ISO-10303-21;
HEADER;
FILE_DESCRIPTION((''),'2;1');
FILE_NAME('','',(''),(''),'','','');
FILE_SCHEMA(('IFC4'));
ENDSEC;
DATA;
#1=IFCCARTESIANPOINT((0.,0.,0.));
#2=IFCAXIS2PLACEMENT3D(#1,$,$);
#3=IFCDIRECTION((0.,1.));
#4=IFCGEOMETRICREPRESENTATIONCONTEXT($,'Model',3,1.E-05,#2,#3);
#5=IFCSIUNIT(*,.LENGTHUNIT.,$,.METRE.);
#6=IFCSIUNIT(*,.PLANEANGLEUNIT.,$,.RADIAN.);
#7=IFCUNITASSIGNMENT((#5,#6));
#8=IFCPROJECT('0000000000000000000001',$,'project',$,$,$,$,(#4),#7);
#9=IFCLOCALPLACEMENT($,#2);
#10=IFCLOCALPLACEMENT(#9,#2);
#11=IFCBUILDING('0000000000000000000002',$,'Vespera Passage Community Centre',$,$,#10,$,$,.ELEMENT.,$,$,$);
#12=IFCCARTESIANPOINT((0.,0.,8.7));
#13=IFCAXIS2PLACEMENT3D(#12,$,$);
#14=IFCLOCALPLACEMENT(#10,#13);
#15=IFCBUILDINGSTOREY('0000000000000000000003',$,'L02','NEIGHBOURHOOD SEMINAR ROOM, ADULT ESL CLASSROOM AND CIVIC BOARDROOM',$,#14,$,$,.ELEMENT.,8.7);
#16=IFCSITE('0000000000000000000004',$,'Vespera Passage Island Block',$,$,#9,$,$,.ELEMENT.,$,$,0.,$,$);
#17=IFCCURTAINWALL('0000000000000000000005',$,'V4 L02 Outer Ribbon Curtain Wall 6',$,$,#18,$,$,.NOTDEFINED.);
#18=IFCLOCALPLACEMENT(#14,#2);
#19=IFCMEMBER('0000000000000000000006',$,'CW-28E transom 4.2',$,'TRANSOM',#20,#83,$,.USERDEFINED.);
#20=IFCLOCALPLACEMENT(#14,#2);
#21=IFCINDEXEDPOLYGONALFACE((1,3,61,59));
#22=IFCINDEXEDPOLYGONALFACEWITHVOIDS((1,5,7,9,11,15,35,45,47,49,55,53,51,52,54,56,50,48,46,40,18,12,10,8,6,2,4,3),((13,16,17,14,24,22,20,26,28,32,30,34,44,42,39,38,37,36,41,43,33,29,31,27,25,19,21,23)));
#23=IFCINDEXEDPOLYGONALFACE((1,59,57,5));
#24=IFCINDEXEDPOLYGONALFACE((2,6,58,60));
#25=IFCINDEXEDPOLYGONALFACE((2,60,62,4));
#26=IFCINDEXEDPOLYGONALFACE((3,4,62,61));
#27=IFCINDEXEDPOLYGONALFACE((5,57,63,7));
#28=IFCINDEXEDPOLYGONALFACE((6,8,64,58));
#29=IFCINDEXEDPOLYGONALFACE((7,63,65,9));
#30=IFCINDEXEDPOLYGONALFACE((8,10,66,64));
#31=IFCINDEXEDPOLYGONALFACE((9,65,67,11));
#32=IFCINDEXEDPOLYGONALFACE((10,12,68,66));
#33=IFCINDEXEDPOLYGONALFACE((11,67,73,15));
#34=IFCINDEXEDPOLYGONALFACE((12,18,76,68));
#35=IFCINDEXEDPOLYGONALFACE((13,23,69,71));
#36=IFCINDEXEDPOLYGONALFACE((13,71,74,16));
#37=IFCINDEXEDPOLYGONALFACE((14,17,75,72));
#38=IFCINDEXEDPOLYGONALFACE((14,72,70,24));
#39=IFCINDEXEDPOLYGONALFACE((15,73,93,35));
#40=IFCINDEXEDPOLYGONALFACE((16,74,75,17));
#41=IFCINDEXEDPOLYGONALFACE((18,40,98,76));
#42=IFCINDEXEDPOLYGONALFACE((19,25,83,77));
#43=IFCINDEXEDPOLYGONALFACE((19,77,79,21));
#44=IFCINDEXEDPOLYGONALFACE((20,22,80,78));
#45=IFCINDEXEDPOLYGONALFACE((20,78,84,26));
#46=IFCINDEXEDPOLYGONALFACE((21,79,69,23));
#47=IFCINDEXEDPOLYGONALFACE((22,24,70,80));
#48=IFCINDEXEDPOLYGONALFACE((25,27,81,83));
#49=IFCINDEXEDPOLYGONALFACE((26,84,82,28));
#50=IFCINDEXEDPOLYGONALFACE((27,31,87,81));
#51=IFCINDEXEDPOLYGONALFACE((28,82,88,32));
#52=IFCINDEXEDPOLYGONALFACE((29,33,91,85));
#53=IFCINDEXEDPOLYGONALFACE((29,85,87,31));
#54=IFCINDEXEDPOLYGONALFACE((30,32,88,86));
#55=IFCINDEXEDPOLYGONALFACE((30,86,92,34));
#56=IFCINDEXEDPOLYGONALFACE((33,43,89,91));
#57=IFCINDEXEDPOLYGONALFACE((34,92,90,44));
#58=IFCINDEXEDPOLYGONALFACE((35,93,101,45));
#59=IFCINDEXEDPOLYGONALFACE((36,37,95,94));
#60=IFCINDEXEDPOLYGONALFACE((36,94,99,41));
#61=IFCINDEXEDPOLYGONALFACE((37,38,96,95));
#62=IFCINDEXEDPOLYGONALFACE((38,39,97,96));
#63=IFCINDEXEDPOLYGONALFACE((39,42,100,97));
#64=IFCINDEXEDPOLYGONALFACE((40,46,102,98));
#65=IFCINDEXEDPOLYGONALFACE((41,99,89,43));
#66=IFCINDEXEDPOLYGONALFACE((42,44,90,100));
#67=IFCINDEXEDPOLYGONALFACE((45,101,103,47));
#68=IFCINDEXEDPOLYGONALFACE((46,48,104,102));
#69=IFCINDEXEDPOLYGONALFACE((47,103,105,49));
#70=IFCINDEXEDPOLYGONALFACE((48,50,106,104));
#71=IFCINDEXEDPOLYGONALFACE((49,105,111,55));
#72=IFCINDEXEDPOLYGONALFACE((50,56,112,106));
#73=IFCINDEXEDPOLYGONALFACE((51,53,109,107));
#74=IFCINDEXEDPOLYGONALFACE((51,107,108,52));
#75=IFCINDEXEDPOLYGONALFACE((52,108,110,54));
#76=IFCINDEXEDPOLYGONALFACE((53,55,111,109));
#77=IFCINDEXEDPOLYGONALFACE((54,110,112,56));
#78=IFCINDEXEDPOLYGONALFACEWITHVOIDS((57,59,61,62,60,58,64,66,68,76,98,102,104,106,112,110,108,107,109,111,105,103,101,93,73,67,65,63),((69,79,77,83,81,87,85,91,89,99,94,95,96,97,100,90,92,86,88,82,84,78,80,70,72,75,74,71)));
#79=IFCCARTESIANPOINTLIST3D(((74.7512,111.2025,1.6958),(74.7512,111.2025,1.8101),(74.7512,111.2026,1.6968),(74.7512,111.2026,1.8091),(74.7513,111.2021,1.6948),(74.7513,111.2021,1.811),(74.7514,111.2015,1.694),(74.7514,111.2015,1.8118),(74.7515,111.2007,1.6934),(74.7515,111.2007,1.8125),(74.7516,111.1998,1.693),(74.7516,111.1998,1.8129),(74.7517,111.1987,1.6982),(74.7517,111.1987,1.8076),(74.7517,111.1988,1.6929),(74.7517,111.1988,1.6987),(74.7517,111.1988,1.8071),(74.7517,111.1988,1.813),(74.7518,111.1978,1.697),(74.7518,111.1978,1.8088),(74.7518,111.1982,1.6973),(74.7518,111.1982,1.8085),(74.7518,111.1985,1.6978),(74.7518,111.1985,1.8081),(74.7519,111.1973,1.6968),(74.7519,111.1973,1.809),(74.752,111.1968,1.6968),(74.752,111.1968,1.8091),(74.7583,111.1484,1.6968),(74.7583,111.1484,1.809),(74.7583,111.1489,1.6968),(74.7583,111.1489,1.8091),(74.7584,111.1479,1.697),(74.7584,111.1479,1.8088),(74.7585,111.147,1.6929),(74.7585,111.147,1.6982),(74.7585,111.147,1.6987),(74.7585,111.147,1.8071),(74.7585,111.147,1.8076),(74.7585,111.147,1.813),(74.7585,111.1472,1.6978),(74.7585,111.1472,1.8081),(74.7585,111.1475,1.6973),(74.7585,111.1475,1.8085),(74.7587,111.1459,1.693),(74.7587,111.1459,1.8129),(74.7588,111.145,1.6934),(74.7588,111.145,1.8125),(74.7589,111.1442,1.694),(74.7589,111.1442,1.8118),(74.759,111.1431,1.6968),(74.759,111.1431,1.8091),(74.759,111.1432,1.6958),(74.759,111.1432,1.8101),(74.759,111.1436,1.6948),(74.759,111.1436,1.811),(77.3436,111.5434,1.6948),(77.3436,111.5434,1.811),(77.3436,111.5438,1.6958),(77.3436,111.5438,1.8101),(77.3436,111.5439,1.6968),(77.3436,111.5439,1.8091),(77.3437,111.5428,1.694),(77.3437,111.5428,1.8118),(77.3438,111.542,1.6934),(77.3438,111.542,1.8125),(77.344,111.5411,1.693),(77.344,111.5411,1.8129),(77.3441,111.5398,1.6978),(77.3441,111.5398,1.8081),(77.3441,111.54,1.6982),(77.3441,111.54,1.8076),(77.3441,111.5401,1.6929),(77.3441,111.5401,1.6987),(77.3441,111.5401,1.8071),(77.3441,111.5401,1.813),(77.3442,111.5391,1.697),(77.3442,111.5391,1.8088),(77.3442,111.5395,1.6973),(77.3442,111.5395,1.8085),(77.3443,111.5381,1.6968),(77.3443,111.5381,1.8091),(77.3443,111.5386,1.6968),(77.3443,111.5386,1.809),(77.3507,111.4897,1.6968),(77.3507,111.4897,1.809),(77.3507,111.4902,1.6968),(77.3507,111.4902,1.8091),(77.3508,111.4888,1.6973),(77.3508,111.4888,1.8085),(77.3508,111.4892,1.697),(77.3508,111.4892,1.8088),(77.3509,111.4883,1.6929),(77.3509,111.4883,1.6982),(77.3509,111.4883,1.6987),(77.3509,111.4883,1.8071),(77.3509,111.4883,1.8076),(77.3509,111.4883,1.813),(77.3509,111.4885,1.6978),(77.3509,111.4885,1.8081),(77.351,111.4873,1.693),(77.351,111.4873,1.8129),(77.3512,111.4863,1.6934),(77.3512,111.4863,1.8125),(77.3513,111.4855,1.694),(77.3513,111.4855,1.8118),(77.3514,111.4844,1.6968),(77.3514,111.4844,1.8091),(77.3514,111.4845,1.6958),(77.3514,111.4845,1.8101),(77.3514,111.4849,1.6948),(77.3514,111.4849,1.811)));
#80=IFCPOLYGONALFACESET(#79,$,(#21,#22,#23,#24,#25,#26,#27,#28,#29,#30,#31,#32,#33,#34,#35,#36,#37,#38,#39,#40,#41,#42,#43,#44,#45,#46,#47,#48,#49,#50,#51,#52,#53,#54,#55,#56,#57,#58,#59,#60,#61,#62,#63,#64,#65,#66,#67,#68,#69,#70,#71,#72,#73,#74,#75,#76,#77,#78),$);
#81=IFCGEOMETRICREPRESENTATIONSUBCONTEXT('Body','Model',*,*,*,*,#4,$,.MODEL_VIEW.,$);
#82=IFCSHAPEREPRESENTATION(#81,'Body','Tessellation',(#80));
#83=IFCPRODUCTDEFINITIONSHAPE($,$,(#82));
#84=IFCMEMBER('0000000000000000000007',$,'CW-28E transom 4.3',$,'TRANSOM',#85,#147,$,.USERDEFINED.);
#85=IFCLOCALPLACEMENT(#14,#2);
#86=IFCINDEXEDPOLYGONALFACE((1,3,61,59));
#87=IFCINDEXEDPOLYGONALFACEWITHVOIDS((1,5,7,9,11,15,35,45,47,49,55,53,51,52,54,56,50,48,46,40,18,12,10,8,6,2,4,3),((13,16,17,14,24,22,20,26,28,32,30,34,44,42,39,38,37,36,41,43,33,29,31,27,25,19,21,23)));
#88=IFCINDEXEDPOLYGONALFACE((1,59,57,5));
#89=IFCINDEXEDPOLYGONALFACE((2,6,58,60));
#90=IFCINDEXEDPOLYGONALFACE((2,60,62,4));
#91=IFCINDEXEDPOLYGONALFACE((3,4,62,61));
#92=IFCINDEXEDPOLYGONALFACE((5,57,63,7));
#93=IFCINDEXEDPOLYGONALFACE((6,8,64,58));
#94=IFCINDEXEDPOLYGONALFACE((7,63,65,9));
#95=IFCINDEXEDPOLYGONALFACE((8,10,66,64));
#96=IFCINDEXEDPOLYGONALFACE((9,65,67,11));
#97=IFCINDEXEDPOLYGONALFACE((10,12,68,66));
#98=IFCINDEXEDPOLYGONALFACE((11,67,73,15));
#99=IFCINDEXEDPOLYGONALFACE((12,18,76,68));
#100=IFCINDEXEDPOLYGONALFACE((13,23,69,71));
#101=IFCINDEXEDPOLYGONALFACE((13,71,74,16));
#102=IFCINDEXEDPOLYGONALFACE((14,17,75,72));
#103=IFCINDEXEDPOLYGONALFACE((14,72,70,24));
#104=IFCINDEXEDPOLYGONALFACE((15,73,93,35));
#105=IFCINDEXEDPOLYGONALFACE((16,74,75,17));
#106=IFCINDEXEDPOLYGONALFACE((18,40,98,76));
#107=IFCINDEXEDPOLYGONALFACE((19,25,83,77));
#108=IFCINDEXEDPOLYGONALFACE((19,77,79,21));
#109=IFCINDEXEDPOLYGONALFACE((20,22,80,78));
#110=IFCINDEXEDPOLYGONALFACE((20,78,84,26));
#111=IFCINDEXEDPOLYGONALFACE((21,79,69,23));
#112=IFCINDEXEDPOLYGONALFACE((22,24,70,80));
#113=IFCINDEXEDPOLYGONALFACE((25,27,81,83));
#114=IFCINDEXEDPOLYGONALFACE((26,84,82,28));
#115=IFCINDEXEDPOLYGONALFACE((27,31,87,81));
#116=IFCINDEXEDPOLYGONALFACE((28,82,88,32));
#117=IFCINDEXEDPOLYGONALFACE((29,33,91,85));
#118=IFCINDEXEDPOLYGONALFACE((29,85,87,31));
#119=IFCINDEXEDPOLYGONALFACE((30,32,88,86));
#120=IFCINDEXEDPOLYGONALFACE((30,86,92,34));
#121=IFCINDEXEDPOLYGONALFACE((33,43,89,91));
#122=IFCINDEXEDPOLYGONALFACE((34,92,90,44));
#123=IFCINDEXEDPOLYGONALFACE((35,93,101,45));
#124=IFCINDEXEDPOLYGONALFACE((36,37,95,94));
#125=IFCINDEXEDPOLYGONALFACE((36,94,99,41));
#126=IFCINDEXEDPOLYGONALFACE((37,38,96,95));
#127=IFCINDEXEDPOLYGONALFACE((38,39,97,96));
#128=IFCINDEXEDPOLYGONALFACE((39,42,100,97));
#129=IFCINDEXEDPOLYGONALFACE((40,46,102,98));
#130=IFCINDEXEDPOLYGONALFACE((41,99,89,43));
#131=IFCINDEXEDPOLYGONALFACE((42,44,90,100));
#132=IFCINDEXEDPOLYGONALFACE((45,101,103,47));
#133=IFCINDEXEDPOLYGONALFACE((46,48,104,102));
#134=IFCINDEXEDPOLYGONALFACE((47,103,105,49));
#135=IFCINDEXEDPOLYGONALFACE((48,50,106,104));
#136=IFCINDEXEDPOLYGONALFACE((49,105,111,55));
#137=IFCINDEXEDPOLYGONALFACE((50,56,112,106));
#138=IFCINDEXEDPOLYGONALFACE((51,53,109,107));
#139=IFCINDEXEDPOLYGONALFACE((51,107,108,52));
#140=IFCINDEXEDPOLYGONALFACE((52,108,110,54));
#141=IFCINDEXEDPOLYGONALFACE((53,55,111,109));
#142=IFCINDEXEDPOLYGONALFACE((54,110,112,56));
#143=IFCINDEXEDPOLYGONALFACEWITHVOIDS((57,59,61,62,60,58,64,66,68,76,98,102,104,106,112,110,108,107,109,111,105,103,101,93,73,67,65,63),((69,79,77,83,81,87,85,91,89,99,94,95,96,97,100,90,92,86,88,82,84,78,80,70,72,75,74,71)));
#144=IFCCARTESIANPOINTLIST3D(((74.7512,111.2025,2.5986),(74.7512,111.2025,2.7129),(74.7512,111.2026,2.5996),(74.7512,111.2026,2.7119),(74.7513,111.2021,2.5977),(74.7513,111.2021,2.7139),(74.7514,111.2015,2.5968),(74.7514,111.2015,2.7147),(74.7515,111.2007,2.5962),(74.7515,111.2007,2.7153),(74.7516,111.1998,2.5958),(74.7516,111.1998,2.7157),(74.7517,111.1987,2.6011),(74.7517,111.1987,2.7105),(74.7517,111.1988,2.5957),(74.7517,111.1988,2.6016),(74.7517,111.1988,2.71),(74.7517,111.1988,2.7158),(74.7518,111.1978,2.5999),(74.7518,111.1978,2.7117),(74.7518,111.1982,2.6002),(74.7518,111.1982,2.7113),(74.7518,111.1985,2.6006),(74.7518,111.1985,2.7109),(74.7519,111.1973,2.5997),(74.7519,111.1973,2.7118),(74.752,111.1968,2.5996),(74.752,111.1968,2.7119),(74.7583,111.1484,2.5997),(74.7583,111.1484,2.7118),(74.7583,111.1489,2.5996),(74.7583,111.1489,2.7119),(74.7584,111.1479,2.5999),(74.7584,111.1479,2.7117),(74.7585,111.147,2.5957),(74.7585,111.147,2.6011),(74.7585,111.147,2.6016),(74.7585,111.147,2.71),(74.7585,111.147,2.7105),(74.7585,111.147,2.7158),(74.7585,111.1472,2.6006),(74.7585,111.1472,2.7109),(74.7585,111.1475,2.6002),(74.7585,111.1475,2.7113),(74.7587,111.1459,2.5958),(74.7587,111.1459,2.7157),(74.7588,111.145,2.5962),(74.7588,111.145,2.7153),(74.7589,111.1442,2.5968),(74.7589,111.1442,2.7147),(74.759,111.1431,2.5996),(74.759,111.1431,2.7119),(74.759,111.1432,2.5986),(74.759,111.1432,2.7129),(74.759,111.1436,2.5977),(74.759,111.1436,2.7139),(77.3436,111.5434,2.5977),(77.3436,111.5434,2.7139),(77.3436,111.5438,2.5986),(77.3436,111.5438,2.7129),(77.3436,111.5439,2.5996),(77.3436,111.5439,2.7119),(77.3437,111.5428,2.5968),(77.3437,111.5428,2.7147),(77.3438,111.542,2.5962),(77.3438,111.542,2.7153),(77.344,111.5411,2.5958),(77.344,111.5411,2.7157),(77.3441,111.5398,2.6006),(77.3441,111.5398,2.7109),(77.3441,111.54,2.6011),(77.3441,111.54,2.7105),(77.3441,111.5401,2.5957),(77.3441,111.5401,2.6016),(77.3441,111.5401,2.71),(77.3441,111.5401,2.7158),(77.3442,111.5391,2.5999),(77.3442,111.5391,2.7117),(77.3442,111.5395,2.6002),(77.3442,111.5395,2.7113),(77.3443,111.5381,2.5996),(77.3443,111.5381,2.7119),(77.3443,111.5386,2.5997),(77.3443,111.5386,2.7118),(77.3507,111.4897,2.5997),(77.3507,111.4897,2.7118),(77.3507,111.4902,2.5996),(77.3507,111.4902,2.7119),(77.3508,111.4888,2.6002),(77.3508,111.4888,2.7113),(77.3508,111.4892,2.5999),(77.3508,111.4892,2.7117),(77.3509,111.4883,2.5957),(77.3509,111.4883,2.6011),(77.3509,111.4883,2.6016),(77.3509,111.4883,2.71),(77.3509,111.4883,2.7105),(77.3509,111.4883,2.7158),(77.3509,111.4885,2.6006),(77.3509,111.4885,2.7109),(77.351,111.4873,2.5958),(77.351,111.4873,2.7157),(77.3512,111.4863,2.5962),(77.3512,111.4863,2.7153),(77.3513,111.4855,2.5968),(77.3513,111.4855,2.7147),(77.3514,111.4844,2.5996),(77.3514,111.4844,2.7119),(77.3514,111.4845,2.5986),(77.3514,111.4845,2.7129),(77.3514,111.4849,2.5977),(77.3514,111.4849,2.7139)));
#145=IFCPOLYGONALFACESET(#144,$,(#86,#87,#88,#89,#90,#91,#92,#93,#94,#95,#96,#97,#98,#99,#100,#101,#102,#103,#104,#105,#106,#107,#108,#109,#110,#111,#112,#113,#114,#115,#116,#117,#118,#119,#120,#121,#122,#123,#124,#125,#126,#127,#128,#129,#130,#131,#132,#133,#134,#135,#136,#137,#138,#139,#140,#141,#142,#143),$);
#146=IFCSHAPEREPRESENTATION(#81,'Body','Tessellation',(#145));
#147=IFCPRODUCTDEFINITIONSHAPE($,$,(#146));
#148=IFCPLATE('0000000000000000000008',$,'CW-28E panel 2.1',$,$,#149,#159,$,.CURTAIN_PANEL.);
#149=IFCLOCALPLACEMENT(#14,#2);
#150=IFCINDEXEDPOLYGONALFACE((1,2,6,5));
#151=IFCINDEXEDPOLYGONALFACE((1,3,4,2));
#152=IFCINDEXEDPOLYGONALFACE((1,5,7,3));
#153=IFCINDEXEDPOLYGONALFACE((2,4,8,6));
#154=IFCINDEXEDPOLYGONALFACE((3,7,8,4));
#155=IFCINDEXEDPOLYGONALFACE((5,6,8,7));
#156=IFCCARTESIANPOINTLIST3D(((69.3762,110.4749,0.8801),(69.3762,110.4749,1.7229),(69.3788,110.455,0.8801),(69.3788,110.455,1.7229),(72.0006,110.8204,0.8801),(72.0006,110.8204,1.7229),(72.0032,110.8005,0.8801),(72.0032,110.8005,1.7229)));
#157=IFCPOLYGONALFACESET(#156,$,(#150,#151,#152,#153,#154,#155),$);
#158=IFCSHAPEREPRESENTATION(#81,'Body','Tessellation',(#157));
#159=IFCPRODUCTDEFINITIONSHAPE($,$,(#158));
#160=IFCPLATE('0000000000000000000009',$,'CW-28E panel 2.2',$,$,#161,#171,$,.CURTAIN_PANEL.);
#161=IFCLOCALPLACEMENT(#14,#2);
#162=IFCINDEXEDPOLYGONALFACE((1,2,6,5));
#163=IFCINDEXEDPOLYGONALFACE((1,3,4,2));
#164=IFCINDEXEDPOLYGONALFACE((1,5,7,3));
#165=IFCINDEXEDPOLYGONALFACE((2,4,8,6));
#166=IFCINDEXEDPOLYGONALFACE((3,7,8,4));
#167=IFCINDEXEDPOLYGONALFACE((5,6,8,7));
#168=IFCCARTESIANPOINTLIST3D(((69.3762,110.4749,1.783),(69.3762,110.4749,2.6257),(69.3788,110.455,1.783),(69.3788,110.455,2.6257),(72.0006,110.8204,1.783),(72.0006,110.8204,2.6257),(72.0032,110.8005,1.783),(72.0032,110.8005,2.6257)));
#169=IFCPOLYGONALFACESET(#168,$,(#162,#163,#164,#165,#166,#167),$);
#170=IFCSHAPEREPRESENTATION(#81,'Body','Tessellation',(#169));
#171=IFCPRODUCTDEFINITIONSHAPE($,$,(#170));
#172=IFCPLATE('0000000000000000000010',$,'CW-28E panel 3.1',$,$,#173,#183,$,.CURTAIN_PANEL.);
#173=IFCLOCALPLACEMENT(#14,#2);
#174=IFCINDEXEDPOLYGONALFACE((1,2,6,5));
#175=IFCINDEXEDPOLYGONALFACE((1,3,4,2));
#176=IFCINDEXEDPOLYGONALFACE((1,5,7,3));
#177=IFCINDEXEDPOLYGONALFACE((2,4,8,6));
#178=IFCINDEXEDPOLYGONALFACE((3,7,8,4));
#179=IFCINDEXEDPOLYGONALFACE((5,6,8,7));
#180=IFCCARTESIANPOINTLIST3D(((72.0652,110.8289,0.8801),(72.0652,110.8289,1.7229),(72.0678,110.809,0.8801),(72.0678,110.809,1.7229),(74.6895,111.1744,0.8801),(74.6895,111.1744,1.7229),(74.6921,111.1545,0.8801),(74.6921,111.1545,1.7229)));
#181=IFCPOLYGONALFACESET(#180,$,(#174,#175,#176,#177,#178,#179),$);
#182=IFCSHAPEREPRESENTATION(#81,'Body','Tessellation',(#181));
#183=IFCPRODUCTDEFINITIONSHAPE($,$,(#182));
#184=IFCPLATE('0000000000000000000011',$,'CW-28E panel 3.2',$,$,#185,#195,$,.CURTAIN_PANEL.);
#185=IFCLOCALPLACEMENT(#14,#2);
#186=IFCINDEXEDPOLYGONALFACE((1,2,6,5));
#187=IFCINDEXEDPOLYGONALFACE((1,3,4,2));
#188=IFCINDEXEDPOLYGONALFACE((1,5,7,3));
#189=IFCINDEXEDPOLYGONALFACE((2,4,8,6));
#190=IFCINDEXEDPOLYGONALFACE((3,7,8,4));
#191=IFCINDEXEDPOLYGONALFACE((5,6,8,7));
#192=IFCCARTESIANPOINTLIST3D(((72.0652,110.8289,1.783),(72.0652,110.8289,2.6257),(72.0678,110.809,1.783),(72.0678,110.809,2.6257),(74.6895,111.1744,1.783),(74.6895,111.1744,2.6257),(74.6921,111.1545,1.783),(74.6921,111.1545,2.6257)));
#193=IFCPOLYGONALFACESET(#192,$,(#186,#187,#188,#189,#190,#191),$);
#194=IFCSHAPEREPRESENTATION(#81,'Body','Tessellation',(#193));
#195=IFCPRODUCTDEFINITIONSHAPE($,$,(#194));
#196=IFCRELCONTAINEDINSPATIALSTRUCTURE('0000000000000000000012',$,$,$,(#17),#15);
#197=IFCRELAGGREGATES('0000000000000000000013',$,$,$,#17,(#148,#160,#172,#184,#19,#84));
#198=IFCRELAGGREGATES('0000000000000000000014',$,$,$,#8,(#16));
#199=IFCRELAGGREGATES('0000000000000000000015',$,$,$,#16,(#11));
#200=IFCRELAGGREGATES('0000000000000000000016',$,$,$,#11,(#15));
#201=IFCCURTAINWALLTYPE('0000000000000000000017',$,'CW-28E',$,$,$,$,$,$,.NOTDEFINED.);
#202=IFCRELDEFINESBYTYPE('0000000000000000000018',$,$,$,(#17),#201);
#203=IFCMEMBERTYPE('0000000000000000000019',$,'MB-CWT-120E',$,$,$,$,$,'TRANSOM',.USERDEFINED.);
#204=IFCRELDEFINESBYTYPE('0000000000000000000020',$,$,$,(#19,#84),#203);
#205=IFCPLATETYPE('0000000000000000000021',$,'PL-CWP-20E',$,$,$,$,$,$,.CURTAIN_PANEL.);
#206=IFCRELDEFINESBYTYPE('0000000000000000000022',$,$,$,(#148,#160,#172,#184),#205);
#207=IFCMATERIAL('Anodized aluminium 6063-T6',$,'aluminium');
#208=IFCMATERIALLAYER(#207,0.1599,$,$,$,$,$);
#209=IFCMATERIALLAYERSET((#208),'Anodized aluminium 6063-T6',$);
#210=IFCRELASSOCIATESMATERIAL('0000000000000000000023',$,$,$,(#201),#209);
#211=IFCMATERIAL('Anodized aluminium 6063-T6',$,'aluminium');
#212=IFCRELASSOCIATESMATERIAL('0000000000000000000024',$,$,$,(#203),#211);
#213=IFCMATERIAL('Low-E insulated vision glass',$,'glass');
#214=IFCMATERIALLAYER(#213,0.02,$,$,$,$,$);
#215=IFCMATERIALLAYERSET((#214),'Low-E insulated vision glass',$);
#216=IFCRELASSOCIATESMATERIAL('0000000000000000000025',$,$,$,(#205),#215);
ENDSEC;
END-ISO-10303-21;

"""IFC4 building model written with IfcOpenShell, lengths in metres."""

from ifc_helpers import new_model, si_unit, direction, frame, origin, origin_2d, place, context, subcontext, project, spatial, rectangle, hollow_rectangle, extrude, material, layer, layer_set, material_profile, profile_set, type_object, element, aggregate, save


model = new_model("IFC4")

# Units and contexts
model_context = context("Model", 3, precision=1e-05, world=origin(), true_north=direction((0.0, 1.0)))
body_context = subcontext(model_context, "Body", "Model", "MODEL_VIEW")
ifc_project = project(units=[si_unit("LENGTHUNIT", "METRE"), si_unit("PLANEANGLEUNIT", "RADIAN")], contexts=[model_context])

# Site, building, storey
site_placement = place(None, origin())
site = spatial("IfcSite", under=ifc_project, at=site_placement, Name="Vespera Passage Island Block", CompositionType="ELEMENT", RefElevation=0.0)
building_placement = place(site_placement, origin())
building = spatial("IfcBuilding", under=site, at=building_placement, Name="Vespera Passage Community Centre", CompositionType="ELEMENT")
storey_placement = place(building_placement, frame((0.0, 0.0, 8.7)))
storey = spatial("IfcBuildingStorey", under=building, at=storey_placement, Name="L02", Description="NEIGHBOURHOOD SEMINAR ROOM, ADULT ESL CLASSROOM AND CIVIC BOARDROOM", CompositionType="ELEMENT", Elevation=8.7)

# Curtain wall, members, plates
ifc_material_1 = material(Name="Anodized aluminium 6063-T6", Category="aluminium")
ifc_layer_1 = layer(ifc_material_1, 0.1599)
ifc_layer_set_1 = layer_set([ifc_layer_1], Name="Anodized aluminium 6063-T6")
curtain_wall_type = type_object("IfcCurtainWallType", Name="CW-28E", PredefinedType="NOTDEFINED", material=ifc_layer_set_1)
curtain_wall_placement = place(storey_placement, origin())
curtain_wall = element("IfcCurtainWall", 1, at=curtain_wall_placement, inside=storey, type_object=curtain_wall_type, Name="V4 L02 Outer Ribbon Curtain Wall 6", PredefinedType="NOTDEFINED")
ifc_material_2 = material(Name="Anodized aluminium 6063-T6", Category="aluminium")
ifc_material_profile_1 = material_profile(ifc_material_2, hollow_rectangle(XDim=0.0601, YDim=0.1201, WallThickness=0.0039, InnerFilletRadius=0.002, OuterFilletRadius=0.0039, at=origin_2d()), Name="ALU120X60X4")
ifc_profile_set_1 = profile_set([ifc_material_profile_1], Name="Anodized aluminium 6063-T6")
member_type_1 = type_object("IfcMemberType", Name="MB-CWT-120E", ElementType="TRANSOM", PredefinedType="USERDEFINED", material=ifc_profile_set_1)
member_1_placement = place(storey_placement, frame((74.7551, 111.1729, 1.7529), z_axis=(0.991443, 0.130537, 0.0), x_axis=(-0.130537, 0.991443, 0.0)))
member_1 = element("IfcMember", 2, at=member_1_placement, type_object=member_type_1, Name="CW-28E transom 4.2", ObjectType="TRANSOM", PredefinedType="USERDEFINED", context=body_context, shape_type="SweptSolid", body=[
    extrude(hollow_rectangle(XDim=0.0601, YDim=0.1201, WallThickness=0.0039, InnerFilletRadius=0.002, OuterFilletRadius=0.0039, at=origin_2d()), origin(), (0.0, 0.0, 1.0), 2.6147),
])
member_2_placement = place(storey_placement, frame((74.7551, 111.1729, 2.6558), z_axis=(0.991443, 0.130537, 0.0), x_axis=(-0.130537, 0.991443, 0.0)))
member_2 = element("IfcMember", 3, at=member_2_placement, type_object=member_type_1, Name="CW-28E transom 4.3", ObjectType="TRANSOM", PredefinedType="USERDEFINED", context=body_context, shape_type="SweptSolid", body=[
    extrude(hollow_rectangle(XDim=0.0601, YDim=0.1201, WallThickness=0.0039, InnerFilletRadius=0.002, OuterFilletRadius=0.0039, at=origin_2d()), origin(), (0.0, 0.0, 1.0), 2.6147),
])
ifc_material_3 = material(Name="Low-E insulated vision glass", Category="glass")
ifc_layer_2 = layer(ifc_material_3, 0.02)
ifc_layer_set_2 = layer_set([ifc_layer_2], Name="Low-E insulated vision glass")
plate_type = type_object("IfcPlateType", Name="PL-CWP-20E", PredefinedType="CURTAIN_PANEL", material=ifc_layer_set_2)
plate_1_placement = place(storey_placement, frame((70.6897, 110.6377, 0.8801), z_axis=(0.0, 0.0, 1.0), x_axis=(0.991444, 0.130531, 0.0)))
plate_1 = element("IfcPlate", 4, at=plate_1_placement, type_object=plate_type, Name="CW-28E panel 2.1", PredefinedType="CURTAIN_PANEL", context=body_context, shape_type="SweptSolid", body=[
    extrude(rectangle(XDim=2.647, YDim=0.02, at=origin_2d()), origin(), (0.0, 0.0, 1.0), 0.8428),
])
plate_2_placement = place(storey_placement, frame((70.6897, 110.6377, 1.783), z_axis=(0.0, 0.0, 1.0), x_axis=(0.991444, 0.130531, 0.0)))
plate_2 = element("IfcPlate", 5, at=plate_2_placement, type_object=plate_type, Name="CW-28E panel 2.2", PredefinedType="CURTAIN_PANEL", context=body_context, shape_type="SweptSolid", body=[
    extrude(rectangle(XDim=2.647, YDim=0.02, at=origin_2d()), origin(), (0.0, 0.0, 1.0), 0.8428),
])
plate_3_placement = place(storey_placement, frame((73.3787, 110.9917, 0.8801), z_axis=(0.0, 0.0, 1.0), x_axis=(0.991444, 0.130531, 0.0)))
plate_3 = element("IfcPlate", 6, at=plate_3_placement, type_object=plate_type, Name="CW-28E panel 3.1", PredefinedType="CURTAIN_PANEL", context=body_context, shape_type="SweptSolid", body=[
    extrude(rectangle(XDim=2.647, YDim=0.02, at=origin_2d()), origin(), (0.0, 0.0, 1.0), 0.8428),
])
plate_4_placement = place(storey_placement, frame((73.3787, 110.9917, 1.783), z_axis=(0.0, 0.0, 1.0), x_axis=(0.991444, 0.130531, 0.0)))
plate_4 = element("IfcPlate", 7, at=plate_4_placement, type_object=plate_type, Name="CW-28E panel 3.2", PredefinedType="CURTAIN_PANEL", context=body_context, shape_type="SweptSolid", body=[
    extrude(rectangle(XDim=2.647, YDim=0.02, at=origin_2d()), origin(), (0.0, 0.0, 1.0), 0.8428),
])
aggregate(curtain_wall, [plate_1, plate_2, plate_3, plate_4, member_1, member_2])

save(model, "model.ifc")
